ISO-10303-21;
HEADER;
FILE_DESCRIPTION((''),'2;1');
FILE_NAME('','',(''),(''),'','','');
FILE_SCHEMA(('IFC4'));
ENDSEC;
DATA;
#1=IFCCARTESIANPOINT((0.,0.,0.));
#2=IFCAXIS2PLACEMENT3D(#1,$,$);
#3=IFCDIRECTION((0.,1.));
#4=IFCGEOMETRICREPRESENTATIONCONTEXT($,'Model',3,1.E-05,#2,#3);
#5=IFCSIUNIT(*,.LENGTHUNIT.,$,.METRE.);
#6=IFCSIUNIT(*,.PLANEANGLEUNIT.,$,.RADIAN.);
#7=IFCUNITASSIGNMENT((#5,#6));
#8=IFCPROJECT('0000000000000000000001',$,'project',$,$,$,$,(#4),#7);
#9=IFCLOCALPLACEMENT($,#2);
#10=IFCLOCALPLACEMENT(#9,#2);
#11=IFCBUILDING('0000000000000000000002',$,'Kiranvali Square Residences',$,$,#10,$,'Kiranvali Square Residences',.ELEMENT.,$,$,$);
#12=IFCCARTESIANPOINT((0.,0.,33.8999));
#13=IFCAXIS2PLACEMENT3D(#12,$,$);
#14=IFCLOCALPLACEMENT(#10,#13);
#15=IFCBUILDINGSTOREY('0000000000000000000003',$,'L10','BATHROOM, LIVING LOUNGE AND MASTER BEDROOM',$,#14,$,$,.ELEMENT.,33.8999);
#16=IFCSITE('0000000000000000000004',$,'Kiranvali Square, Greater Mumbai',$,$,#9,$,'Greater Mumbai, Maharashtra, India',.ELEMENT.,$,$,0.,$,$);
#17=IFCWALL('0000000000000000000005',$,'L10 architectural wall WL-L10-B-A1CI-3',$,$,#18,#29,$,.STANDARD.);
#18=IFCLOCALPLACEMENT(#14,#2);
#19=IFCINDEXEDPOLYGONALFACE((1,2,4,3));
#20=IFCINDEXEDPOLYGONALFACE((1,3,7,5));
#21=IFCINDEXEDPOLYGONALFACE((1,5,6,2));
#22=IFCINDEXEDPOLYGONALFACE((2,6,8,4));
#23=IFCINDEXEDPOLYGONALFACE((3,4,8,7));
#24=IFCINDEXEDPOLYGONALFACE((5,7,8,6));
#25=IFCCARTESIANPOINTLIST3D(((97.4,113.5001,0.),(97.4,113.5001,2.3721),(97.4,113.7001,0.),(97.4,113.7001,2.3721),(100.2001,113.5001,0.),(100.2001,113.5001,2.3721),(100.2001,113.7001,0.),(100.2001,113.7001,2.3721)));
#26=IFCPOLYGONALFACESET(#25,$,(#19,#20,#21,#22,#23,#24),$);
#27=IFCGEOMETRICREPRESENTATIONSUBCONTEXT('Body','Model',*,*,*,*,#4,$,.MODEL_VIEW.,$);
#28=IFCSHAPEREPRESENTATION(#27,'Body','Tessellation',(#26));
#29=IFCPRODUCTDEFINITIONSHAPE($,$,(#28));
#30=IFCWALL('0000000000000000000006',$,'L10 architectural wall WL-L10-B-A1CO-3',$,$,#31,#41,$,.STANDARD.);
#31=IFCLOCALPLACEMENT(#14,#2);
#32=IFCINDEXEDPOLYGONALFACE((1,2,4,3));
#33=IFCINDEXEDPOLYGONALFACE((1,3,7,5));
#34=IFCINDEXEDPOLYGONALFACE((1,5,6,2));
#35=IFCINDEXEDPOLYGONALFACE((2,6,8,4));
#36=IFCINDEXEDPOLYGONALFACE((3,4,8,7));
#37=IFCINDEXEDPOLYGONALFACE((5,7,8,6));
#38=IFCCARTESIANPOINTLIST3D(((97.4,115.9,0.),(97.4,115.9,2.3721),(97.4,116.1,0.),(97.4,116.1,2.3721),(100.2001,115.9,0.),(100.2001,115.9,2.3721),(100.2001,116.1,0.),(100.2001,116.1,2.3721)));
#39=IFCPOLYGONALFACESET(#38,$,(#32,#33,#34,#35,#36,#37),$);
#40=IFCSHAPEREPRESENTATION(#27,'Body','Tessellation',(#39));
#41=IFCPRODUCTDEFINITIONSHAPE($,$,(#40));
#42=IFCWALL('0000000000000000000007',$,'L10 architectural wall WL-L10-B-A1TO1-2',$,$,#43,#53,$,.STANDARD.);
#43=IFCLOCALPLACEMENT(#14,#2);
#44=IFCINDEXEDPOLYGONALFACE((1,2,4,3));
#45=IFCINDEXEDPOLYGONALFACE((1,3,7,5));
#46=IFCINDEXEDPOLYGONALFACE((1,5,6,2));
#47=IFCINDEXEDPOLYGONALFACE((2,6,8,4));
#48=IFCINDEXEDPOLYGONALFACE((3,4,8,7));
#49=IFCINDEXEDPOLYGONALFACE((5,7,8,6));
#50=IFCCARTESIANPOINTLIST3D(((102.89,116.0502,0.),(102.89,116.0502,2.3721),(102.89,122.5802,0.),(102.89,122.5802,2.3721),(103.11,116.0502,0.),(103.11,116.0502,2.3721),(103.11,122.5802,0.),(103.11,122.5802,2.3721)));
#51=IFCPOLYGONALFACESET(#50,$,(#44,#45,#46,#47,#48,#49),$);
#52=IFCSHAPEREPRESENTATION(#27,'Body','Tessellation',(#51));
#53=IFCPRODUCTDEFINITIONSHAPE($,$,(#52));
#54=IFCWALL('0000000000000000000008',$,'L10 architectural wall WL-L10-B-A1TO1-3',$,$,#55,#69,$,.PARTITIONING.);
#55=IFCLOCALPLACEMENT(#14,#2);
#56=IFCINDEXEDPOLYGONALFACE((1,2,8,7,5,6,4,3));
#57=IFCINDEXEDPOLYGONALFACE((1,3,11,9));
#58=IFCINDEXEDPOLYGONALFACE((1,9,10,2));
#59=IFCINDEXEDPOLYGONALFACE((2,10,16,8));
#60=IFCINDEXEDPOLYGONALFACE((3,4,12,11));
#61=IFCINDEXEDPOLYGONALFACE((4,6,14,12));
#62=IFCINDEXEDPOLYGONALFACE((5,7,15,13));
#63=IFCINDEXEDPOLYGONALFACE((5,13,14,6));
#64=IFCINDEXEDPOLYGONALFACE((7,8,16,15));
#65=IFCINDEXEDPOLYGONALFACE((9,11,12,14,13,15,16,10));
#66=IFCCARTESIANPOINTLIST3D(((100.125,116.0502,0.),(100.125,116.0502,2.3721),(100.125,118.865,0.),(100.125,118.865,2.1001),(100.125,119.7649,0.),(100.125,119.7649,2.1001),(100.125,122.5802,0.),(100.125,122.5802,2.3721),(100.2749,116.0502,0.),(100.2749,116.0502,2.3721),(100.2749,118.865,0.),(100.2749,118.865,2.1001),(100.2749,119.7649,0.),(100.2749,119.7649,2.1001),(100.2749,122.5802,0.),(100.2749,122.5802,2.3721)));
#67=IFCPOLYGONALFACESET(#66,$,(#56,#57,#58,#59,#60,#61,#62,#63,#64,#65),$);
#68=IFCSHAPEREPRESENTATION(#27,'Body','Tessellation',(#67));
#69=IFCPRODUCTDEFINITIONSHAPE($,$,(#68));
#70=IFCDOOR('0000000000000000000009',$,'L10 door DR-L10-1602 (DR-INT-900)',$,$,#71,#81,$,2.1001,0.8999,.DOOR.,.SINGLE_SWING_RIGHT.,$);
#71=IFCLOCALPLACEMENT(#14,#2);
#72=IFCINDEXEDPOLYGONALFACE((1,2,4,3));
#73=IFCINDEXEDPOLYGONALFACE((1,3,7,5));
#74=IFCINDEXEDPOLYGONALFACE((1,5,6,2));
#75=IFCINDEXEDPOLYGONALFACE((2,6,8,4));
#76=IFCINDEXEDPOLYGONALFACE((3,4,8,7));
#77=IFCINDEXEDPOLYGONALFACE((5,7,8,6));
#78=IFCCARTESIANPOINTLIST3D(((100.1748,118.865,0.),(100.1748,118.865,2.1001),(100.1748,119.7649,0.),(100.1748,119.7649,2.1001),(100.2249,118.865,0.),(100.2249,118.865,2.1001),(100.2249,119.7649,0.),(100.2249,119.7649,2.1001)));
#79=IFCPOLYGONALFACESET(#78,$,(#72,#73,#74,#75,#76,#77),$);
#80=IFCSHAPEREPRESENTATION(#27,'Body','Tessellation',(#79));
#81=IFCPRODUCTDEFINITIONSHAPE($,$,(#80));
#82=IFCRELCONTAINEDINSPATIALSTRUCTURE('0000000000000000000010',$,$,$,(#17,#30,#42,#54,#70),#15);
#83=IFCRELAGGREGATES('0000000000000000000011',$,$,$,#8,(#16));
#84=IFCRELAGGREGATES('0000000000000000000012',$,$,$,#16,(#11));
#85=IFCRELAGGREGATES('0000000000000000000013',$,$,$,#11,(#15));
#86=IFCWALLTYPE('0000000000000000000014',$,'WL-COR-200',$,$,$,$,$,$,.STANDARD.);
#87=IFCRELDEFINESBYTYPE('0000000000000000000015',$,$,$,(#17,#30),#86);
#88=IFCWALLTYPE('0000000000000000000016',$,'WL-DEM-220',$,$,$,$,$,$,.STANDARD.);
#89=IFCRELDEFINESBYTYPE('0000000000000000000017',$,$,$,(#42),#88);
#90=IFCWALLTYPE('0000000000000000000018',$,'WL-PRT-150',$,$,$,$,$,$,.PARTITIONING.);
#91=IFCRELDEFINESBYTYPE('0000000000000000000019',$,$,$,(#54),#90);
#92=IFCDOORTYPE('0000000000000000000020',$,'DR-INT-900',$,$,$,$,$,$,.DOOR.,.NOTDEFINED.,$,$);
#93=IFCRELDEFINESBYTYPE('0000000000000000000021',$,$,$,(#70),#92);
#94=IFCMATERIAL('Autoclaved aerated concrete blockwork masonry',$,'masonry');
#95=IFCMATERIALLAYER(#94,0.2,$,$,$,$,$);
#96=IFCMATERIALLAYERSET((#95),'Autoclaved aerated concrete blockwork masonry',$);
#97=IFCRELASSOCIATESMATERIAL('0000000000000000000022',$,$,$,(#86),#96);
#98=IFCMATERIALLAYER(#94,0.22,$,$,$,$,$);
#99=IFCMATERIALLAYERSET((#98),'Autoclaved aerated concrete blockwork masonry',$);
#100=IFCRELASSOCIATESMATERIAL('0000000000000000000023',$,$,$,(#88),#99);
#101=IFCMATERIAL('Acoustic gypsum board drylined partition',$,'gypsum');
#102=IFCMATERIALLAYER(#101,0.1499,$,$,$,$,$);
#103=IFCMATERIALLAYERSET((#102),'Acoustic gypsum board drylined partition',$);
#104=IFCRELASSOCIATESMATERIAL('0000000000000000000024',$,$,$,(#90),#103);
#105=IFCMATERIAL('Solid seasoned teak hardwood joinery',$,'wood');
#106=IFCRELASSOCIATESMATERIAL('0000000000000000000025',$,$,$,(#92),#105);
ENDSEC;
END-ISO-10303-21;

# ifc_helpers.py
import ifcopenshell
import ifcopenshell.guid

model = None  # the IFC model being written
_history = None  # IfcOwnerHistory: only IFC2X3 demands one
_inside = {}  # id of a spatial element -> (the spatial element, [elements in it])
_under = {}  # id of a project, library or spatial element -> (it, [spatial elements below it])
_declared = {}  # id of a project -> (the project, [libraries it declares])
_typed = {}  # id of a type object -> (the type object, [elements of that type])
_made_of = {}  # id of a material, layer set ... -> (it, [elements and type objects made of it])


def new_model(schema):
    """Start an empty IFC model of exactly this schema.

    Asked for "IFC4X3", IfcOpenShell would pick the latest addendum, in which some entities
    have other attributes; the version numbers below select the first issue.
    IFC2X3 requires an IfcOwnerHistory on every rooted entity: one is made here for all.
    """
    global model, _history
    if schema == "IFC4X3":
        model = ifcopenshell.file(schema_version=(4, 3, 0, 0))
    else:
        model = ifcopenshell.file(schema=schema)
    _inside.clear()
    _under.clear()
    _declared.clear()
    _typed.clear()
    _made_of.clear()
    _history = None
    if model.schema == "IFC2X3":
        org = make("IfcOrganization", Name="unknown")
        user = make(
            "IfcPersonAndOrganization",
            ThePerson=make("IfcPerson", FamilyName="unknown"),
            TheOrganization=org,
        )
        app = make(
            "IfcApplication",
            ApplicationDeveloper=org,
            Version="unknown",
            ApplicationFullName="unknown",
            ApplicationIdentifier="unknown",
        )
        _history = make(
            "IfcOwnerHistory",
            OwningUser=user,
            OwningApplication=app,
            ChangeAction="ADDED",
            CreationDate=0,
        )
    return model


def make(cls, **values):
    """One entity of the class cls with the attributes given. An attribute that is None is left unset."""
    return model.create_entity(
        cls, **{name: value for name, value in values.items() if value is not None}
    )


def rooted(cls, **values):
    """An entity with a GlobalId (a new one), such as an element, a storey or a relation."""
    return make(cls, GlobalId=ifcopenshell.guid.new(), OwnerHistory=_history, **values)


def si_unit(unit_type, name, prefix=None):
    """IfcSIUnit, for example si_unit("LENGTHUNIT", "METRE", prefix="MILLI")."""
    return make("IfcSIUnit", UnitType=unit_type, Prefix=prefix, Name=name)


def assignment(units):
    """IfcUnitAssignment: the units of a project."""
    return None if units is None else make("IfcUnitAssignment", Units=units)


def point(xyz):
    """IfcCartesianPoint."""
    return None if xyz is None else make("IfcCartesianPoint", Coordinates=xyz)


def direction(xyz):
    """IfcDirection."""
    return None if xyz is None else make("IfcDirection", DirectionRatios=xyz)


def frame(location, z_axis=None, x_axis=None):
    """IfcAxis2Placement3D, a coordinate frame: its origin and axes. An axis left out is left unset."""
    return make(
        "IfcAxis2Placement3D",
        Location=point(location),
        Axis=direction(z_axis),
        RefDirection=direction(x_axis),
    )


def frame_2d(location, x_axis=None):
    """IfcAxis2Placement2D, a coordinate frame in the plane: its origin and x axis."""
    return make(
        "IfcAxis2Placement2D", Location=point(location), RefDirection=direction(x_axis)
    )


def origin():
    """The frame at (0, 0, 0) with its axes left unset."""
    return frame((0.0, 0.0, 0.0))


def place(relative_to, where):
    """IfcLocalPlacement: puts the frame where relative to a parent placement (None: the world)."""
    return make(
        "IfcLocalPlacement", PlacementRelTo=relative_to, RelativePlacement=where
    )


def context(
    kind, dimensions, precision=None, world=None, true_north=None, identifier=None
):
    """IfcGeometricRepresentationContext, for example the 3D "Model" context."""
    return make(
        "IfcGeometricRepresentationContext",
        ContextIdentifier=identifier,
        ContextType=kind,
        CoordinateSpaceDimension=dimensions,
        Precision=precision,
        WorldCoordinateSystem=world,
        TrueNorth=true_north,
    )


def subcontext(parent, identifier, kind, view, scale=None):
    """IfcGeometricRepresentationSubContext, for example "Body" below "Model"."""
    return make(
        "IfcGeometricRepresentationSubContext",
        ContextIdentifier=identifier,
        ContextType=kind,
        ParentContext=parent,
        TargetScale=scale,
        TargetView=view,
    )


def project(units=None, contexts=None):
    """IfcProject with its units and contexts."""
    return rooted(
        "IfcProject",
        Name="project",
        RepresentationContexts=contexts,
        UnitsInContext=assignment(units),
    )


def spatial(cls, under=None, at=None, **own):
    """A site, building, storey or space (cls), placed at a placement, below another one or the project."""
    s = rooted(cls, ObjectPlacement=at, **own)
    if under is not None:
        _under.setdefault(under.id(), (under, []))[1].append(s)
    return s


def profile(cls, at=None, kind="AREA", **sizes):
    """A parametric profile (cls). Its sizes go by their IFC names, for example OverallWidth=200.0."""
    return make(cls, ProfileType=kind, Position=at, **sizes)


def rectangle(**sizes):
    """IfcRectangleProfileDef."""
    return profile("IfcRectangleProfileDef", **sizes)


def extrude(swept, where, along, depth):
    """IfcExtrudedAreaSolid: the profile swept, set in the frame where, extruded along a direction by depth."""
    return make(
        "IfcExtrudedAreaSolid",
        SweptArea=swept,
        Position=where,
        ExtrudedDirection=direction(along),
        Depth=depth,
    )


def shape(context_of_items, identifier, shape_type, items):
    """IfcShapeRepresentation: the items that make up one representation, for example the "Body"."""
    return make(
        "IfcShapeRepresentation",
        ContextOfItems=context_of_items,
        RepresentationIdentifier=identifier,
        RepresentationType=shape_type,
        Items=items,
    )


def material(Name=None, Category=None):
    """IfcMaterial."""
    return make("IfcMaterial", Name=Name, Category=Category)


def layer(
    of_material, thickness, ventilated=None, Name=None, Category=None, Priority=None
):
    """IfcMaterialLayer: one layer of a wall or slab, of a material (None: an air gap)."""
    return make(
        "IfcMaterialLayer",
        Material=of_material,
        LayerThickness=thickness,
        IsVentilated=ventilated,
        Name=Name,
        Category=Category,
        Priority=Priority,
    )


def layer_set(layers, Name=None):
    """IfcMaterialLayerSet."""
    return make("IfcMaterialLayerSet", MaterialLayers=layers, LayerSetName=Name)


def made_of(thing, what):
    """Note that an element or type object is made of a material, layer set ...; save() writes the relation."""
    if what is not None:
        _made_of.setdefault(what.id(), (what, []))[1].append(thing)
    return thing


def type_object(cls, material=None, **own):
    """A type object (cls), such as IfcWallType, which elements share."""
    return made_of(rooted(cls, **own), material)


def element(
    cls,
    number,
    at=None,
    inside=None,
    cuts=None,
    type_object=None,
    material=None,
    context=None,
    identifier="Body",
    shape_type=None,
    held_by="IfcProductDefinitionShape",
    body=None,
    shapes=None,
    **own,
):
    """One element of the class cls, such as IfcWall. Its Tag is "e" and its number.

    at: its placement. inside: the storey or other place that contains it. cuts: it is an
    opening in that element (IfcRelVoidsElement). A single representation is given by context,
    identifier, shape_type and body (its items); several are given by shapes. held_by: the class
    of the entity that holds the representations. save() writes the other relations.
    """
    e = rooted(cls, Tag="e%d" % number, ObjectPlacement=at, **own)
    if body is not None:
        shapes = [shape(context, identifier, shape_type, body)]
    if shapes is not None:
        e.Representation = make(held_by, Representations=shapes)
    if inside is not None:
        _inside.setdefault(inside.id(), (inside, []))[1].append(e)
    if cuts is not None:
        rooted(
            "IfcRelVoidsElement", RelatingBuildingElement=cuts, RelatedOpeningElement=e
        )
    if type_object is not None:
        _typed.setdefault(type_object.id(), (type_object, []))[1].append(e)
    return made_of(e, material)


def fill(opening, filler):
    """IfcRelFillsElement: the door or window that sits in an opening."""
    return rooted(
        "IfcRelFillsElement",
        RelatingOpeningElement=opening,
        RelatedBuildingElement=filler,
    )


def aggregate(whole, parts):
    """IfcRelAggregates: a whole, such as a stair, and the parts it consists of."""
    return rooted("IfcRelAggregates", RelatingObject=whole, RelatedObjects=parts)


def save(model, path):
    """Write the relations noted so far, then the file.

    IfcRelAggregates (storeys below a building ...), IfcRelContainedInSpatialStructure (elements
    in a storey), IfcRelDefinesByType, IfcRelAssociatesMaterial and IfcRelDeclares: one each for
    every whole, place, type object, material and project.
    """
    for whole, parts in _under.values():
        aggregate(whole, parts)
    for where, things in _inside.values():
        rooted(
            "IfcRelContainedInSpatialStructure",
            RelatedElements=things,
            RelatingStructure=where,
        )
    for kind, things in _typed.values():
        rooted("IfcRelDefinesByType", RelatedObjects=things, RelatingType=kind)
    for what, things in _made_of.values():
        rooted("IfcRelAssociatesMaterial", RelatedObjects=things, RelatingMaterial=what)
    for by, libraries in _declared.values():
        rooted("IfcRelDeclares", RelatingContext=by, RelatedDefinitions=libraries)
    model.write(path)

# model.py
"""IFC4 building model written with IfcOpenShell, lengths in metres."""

from ifc_helpers import new_model, si_unit, direction, frame, frame_2d, origin, place, context, subcontext, project, spatial, rectangle, extrude, material, layer, layer_set, type_object, element, fill, save


model = new_model("IFC4")

# Units and contexts
model_context = context("Model", 3, precision=1e-05, world=origin(), true_north=direction((0.0, 1.0)))
body_context = subcontext(model_context, "Body", "Model", "MODEL_VIEW")
ifc_project = project(units=[si_unit("LENGTHUNIT", "METRE"), si_unit("PLANEANGLEUNIT", "RADIAN")], contexts=[model_context])

# Site, building, storey
site_placement = place(None, origin())
site = spatial("IfcSite", under=ifc_project, at=site_placement, Name="Kiranvali Square, Greater Mumbai", LongName="Greater Mumbai, Maharashtra, India", CompositionType="ELEMENT", RefElevation=0.0)
building_placement = place(site_placement, origin())
building = spatial("IfcBuilding", under=site, at=building_placement, Name="Kiranvali Square Residences", LongName="Kiranvali Square Residences", CompositionType="ELEMENT")
storey_placement = place(building_placement, frame((0.0, 0.0, 33.8999)))
storey = spatial("IfcBuildingStorey", under=building, at=storey_placement, Name="L10", Description="BATHROOM, LIVING LOUNGE AND MASTER BEDROOM", CompositionType="ELEMENT", Elevation=33.8999)

# Shared definitions
ifc_material_1 = material(Name="Autoclaved aerated concrete blockwork masonry", Category="masonry")
ifc_layer_1 = layer(ifc_material_1, 0.2)
ifc_layer_set_1 = layer_set([ifc_layer_1], Name="Autoclaved aerated concrete blockwork masonry")
wall_type_1 = type_object("IfcWallType", Name="WL-COR-200", PredefinedType="STANDARD", material=ifc_layer_set_1)

# Walls
for number, where, z_axis, x_axis, name in (
    (1, (100.2, 113.6001, 0.0), (0.0, 0.0, 1.0), (-1.0, 0.0, 0.0), "L10 architectural wall WL-L10-B-A1CI-3"),
    (2, (100.2, 116.0, 0.0), (0.0, 0.0, 1.0), (-1.0, 0.0, 0.0), "L10 architectural wall WL-L10-B-A1CO-3"),
):
    element("IfcWall", number, at=place(storey_placement, frame(where, z_axis=z_axis, x_axis=x_axis)), inside=storey, type_object=wall_type_1, Name=name, PredefinedType="STANDARD", context=body_context, shape_type="SweptSolid", body=[
        extrude(rectangle(XDim=2.8, YDim=0.2, at=frame_2d((1.3999, 0.0))), origin(), (0.0, 0.0, 1.0), 2.3721),
    ])
ifc_layer_2 = layer(ifc_material_1, 0.22)
ifc_layer_set_2 = layer_set([ifc_layer_2], Name="Autoclaved aerated concrete blockwork masonry")
wall_type_2 = type_object("IfcWallType", Name="WL-DEM-220", PredefinedType="STANDARD", material=ifc_layer_set_2)
wall_1_placement = place(storey_placement, frame((103.0, 116.05, 0.0), z_axis=(0.0, 0.0, 1.0), x_axis=(0.0, 1.0, 0.0)))
element("IfcWall", 3, at=wall_1_placement, inside=storey, type_object=wall_type_2, Name="L10 architectural wall WL-L10-B-A1TO1-2", PredefinedType="STANDARD", context=body_context, shape_type="SweptSolid", body=[
    extrude(rectangle(XDim=6.53, YDim=0.22, at=frame_2d((3.2651, 0.0))), origin(), (0.0, 0.0, 1.0), 2.3721),
])

# Wall, opening, door
ifc_material_2 = material(Name="Acoustic gypsum board drylined partition", Category="gypsum")
ifc_layer_3 = layer(ifc_material_2, 0.1499)
ifc_layer_set_3 = layer_set([ifc_layer_3], Name="Acoustic gypsum board drylined partition")
wall_type_3 = type_object("IfcWallType", Name="WL-PRT-150", PredefinedType="PARTITIONING", material=ifc_layer_set_3)
wall_2_placement = place(storey_placement, frame((100.2, 116.05, 0.0), z_axis=(0.0, 0.0, 1.0), x_axis=(0.0, 1.0, 0.0)))
wall_2 = element("IfcWall", 4, at=wall_2_placement, inside=storey, type_object=wall_type_3, Name="L10 architectural wall WL-L10-B-A1TO1-3", PredefinedType="PARTITIONING", context=body_context, shape_type="SweptSolid", body=[
    extrude(rectangle(XDim=6.53, YDim=0.1499, at=frame_2d((3.2651, 0.0))), origin(), (0.0, 0.0, 1.0), 2.3721),
])
opening_1_placement = place(wall_2_placement, frame((2.8149, 0.0, 0.0)))
opening_1 = element("IfcOpeningElement", 5, at=opening_1_placement, cuts=wall_2, PredefinedType="OPENING", context=body_context, shape_type="SweptSolid", body=[
    extrude(rectangle(XDim=0.8999, YDim=2.1001, at=frame_2d((0.45, 1.05))), frame((0.0, 0.085, 0.0), z_axis=(0.0, -1.0, 0.0), x_axis=(1.0, 0.0, 0.0)), (0.0, 0.0, 1.0), 0.1699),
])
ifc_material_3 = material(Name="Solid seasoned teak hardwood joinery", Category="wood")
door_type_1 = type_object("IfcDoorType", Name="DR-INT-900", OperationType="NOTDEFINED", PredefinedType="DOOR", material=ifc_material_3)
door_1_placement = place(opening_1_placement, frame((0.8999, 0.0, 0.0), z_axis=(0.0, 0.0, 1.0), x_axis=(-1.0, 0.0, 0.0)))
door_1 = element("IfcDoor", 6, at=door_1_placement, inside=storey, type_object=door_type_1, Name="L10 door DR-L10-1602 (DR-INT-900)", OperationType="SINGLE_SWING_RIGHT", OverallHeight=2.1001, OverallWidth=0.8999, PredefinedType="DOOR", context=body_context, shape_type="SweptSolid", body=[
    extrude(rectangle(XDim=0.8999, YDim=2.1001, at=frame_2d((0.45, 1.05))), frame((0.0, 0.0249, 0.0), z_axis=(0.0, -1.0, 0.0), x_axis=(1.0, 0.0, 0.0)), (0.0, 0.0, 1.0), 0.05),
])
fill(opening_1, door_1)

save(model, "model.ifc")
